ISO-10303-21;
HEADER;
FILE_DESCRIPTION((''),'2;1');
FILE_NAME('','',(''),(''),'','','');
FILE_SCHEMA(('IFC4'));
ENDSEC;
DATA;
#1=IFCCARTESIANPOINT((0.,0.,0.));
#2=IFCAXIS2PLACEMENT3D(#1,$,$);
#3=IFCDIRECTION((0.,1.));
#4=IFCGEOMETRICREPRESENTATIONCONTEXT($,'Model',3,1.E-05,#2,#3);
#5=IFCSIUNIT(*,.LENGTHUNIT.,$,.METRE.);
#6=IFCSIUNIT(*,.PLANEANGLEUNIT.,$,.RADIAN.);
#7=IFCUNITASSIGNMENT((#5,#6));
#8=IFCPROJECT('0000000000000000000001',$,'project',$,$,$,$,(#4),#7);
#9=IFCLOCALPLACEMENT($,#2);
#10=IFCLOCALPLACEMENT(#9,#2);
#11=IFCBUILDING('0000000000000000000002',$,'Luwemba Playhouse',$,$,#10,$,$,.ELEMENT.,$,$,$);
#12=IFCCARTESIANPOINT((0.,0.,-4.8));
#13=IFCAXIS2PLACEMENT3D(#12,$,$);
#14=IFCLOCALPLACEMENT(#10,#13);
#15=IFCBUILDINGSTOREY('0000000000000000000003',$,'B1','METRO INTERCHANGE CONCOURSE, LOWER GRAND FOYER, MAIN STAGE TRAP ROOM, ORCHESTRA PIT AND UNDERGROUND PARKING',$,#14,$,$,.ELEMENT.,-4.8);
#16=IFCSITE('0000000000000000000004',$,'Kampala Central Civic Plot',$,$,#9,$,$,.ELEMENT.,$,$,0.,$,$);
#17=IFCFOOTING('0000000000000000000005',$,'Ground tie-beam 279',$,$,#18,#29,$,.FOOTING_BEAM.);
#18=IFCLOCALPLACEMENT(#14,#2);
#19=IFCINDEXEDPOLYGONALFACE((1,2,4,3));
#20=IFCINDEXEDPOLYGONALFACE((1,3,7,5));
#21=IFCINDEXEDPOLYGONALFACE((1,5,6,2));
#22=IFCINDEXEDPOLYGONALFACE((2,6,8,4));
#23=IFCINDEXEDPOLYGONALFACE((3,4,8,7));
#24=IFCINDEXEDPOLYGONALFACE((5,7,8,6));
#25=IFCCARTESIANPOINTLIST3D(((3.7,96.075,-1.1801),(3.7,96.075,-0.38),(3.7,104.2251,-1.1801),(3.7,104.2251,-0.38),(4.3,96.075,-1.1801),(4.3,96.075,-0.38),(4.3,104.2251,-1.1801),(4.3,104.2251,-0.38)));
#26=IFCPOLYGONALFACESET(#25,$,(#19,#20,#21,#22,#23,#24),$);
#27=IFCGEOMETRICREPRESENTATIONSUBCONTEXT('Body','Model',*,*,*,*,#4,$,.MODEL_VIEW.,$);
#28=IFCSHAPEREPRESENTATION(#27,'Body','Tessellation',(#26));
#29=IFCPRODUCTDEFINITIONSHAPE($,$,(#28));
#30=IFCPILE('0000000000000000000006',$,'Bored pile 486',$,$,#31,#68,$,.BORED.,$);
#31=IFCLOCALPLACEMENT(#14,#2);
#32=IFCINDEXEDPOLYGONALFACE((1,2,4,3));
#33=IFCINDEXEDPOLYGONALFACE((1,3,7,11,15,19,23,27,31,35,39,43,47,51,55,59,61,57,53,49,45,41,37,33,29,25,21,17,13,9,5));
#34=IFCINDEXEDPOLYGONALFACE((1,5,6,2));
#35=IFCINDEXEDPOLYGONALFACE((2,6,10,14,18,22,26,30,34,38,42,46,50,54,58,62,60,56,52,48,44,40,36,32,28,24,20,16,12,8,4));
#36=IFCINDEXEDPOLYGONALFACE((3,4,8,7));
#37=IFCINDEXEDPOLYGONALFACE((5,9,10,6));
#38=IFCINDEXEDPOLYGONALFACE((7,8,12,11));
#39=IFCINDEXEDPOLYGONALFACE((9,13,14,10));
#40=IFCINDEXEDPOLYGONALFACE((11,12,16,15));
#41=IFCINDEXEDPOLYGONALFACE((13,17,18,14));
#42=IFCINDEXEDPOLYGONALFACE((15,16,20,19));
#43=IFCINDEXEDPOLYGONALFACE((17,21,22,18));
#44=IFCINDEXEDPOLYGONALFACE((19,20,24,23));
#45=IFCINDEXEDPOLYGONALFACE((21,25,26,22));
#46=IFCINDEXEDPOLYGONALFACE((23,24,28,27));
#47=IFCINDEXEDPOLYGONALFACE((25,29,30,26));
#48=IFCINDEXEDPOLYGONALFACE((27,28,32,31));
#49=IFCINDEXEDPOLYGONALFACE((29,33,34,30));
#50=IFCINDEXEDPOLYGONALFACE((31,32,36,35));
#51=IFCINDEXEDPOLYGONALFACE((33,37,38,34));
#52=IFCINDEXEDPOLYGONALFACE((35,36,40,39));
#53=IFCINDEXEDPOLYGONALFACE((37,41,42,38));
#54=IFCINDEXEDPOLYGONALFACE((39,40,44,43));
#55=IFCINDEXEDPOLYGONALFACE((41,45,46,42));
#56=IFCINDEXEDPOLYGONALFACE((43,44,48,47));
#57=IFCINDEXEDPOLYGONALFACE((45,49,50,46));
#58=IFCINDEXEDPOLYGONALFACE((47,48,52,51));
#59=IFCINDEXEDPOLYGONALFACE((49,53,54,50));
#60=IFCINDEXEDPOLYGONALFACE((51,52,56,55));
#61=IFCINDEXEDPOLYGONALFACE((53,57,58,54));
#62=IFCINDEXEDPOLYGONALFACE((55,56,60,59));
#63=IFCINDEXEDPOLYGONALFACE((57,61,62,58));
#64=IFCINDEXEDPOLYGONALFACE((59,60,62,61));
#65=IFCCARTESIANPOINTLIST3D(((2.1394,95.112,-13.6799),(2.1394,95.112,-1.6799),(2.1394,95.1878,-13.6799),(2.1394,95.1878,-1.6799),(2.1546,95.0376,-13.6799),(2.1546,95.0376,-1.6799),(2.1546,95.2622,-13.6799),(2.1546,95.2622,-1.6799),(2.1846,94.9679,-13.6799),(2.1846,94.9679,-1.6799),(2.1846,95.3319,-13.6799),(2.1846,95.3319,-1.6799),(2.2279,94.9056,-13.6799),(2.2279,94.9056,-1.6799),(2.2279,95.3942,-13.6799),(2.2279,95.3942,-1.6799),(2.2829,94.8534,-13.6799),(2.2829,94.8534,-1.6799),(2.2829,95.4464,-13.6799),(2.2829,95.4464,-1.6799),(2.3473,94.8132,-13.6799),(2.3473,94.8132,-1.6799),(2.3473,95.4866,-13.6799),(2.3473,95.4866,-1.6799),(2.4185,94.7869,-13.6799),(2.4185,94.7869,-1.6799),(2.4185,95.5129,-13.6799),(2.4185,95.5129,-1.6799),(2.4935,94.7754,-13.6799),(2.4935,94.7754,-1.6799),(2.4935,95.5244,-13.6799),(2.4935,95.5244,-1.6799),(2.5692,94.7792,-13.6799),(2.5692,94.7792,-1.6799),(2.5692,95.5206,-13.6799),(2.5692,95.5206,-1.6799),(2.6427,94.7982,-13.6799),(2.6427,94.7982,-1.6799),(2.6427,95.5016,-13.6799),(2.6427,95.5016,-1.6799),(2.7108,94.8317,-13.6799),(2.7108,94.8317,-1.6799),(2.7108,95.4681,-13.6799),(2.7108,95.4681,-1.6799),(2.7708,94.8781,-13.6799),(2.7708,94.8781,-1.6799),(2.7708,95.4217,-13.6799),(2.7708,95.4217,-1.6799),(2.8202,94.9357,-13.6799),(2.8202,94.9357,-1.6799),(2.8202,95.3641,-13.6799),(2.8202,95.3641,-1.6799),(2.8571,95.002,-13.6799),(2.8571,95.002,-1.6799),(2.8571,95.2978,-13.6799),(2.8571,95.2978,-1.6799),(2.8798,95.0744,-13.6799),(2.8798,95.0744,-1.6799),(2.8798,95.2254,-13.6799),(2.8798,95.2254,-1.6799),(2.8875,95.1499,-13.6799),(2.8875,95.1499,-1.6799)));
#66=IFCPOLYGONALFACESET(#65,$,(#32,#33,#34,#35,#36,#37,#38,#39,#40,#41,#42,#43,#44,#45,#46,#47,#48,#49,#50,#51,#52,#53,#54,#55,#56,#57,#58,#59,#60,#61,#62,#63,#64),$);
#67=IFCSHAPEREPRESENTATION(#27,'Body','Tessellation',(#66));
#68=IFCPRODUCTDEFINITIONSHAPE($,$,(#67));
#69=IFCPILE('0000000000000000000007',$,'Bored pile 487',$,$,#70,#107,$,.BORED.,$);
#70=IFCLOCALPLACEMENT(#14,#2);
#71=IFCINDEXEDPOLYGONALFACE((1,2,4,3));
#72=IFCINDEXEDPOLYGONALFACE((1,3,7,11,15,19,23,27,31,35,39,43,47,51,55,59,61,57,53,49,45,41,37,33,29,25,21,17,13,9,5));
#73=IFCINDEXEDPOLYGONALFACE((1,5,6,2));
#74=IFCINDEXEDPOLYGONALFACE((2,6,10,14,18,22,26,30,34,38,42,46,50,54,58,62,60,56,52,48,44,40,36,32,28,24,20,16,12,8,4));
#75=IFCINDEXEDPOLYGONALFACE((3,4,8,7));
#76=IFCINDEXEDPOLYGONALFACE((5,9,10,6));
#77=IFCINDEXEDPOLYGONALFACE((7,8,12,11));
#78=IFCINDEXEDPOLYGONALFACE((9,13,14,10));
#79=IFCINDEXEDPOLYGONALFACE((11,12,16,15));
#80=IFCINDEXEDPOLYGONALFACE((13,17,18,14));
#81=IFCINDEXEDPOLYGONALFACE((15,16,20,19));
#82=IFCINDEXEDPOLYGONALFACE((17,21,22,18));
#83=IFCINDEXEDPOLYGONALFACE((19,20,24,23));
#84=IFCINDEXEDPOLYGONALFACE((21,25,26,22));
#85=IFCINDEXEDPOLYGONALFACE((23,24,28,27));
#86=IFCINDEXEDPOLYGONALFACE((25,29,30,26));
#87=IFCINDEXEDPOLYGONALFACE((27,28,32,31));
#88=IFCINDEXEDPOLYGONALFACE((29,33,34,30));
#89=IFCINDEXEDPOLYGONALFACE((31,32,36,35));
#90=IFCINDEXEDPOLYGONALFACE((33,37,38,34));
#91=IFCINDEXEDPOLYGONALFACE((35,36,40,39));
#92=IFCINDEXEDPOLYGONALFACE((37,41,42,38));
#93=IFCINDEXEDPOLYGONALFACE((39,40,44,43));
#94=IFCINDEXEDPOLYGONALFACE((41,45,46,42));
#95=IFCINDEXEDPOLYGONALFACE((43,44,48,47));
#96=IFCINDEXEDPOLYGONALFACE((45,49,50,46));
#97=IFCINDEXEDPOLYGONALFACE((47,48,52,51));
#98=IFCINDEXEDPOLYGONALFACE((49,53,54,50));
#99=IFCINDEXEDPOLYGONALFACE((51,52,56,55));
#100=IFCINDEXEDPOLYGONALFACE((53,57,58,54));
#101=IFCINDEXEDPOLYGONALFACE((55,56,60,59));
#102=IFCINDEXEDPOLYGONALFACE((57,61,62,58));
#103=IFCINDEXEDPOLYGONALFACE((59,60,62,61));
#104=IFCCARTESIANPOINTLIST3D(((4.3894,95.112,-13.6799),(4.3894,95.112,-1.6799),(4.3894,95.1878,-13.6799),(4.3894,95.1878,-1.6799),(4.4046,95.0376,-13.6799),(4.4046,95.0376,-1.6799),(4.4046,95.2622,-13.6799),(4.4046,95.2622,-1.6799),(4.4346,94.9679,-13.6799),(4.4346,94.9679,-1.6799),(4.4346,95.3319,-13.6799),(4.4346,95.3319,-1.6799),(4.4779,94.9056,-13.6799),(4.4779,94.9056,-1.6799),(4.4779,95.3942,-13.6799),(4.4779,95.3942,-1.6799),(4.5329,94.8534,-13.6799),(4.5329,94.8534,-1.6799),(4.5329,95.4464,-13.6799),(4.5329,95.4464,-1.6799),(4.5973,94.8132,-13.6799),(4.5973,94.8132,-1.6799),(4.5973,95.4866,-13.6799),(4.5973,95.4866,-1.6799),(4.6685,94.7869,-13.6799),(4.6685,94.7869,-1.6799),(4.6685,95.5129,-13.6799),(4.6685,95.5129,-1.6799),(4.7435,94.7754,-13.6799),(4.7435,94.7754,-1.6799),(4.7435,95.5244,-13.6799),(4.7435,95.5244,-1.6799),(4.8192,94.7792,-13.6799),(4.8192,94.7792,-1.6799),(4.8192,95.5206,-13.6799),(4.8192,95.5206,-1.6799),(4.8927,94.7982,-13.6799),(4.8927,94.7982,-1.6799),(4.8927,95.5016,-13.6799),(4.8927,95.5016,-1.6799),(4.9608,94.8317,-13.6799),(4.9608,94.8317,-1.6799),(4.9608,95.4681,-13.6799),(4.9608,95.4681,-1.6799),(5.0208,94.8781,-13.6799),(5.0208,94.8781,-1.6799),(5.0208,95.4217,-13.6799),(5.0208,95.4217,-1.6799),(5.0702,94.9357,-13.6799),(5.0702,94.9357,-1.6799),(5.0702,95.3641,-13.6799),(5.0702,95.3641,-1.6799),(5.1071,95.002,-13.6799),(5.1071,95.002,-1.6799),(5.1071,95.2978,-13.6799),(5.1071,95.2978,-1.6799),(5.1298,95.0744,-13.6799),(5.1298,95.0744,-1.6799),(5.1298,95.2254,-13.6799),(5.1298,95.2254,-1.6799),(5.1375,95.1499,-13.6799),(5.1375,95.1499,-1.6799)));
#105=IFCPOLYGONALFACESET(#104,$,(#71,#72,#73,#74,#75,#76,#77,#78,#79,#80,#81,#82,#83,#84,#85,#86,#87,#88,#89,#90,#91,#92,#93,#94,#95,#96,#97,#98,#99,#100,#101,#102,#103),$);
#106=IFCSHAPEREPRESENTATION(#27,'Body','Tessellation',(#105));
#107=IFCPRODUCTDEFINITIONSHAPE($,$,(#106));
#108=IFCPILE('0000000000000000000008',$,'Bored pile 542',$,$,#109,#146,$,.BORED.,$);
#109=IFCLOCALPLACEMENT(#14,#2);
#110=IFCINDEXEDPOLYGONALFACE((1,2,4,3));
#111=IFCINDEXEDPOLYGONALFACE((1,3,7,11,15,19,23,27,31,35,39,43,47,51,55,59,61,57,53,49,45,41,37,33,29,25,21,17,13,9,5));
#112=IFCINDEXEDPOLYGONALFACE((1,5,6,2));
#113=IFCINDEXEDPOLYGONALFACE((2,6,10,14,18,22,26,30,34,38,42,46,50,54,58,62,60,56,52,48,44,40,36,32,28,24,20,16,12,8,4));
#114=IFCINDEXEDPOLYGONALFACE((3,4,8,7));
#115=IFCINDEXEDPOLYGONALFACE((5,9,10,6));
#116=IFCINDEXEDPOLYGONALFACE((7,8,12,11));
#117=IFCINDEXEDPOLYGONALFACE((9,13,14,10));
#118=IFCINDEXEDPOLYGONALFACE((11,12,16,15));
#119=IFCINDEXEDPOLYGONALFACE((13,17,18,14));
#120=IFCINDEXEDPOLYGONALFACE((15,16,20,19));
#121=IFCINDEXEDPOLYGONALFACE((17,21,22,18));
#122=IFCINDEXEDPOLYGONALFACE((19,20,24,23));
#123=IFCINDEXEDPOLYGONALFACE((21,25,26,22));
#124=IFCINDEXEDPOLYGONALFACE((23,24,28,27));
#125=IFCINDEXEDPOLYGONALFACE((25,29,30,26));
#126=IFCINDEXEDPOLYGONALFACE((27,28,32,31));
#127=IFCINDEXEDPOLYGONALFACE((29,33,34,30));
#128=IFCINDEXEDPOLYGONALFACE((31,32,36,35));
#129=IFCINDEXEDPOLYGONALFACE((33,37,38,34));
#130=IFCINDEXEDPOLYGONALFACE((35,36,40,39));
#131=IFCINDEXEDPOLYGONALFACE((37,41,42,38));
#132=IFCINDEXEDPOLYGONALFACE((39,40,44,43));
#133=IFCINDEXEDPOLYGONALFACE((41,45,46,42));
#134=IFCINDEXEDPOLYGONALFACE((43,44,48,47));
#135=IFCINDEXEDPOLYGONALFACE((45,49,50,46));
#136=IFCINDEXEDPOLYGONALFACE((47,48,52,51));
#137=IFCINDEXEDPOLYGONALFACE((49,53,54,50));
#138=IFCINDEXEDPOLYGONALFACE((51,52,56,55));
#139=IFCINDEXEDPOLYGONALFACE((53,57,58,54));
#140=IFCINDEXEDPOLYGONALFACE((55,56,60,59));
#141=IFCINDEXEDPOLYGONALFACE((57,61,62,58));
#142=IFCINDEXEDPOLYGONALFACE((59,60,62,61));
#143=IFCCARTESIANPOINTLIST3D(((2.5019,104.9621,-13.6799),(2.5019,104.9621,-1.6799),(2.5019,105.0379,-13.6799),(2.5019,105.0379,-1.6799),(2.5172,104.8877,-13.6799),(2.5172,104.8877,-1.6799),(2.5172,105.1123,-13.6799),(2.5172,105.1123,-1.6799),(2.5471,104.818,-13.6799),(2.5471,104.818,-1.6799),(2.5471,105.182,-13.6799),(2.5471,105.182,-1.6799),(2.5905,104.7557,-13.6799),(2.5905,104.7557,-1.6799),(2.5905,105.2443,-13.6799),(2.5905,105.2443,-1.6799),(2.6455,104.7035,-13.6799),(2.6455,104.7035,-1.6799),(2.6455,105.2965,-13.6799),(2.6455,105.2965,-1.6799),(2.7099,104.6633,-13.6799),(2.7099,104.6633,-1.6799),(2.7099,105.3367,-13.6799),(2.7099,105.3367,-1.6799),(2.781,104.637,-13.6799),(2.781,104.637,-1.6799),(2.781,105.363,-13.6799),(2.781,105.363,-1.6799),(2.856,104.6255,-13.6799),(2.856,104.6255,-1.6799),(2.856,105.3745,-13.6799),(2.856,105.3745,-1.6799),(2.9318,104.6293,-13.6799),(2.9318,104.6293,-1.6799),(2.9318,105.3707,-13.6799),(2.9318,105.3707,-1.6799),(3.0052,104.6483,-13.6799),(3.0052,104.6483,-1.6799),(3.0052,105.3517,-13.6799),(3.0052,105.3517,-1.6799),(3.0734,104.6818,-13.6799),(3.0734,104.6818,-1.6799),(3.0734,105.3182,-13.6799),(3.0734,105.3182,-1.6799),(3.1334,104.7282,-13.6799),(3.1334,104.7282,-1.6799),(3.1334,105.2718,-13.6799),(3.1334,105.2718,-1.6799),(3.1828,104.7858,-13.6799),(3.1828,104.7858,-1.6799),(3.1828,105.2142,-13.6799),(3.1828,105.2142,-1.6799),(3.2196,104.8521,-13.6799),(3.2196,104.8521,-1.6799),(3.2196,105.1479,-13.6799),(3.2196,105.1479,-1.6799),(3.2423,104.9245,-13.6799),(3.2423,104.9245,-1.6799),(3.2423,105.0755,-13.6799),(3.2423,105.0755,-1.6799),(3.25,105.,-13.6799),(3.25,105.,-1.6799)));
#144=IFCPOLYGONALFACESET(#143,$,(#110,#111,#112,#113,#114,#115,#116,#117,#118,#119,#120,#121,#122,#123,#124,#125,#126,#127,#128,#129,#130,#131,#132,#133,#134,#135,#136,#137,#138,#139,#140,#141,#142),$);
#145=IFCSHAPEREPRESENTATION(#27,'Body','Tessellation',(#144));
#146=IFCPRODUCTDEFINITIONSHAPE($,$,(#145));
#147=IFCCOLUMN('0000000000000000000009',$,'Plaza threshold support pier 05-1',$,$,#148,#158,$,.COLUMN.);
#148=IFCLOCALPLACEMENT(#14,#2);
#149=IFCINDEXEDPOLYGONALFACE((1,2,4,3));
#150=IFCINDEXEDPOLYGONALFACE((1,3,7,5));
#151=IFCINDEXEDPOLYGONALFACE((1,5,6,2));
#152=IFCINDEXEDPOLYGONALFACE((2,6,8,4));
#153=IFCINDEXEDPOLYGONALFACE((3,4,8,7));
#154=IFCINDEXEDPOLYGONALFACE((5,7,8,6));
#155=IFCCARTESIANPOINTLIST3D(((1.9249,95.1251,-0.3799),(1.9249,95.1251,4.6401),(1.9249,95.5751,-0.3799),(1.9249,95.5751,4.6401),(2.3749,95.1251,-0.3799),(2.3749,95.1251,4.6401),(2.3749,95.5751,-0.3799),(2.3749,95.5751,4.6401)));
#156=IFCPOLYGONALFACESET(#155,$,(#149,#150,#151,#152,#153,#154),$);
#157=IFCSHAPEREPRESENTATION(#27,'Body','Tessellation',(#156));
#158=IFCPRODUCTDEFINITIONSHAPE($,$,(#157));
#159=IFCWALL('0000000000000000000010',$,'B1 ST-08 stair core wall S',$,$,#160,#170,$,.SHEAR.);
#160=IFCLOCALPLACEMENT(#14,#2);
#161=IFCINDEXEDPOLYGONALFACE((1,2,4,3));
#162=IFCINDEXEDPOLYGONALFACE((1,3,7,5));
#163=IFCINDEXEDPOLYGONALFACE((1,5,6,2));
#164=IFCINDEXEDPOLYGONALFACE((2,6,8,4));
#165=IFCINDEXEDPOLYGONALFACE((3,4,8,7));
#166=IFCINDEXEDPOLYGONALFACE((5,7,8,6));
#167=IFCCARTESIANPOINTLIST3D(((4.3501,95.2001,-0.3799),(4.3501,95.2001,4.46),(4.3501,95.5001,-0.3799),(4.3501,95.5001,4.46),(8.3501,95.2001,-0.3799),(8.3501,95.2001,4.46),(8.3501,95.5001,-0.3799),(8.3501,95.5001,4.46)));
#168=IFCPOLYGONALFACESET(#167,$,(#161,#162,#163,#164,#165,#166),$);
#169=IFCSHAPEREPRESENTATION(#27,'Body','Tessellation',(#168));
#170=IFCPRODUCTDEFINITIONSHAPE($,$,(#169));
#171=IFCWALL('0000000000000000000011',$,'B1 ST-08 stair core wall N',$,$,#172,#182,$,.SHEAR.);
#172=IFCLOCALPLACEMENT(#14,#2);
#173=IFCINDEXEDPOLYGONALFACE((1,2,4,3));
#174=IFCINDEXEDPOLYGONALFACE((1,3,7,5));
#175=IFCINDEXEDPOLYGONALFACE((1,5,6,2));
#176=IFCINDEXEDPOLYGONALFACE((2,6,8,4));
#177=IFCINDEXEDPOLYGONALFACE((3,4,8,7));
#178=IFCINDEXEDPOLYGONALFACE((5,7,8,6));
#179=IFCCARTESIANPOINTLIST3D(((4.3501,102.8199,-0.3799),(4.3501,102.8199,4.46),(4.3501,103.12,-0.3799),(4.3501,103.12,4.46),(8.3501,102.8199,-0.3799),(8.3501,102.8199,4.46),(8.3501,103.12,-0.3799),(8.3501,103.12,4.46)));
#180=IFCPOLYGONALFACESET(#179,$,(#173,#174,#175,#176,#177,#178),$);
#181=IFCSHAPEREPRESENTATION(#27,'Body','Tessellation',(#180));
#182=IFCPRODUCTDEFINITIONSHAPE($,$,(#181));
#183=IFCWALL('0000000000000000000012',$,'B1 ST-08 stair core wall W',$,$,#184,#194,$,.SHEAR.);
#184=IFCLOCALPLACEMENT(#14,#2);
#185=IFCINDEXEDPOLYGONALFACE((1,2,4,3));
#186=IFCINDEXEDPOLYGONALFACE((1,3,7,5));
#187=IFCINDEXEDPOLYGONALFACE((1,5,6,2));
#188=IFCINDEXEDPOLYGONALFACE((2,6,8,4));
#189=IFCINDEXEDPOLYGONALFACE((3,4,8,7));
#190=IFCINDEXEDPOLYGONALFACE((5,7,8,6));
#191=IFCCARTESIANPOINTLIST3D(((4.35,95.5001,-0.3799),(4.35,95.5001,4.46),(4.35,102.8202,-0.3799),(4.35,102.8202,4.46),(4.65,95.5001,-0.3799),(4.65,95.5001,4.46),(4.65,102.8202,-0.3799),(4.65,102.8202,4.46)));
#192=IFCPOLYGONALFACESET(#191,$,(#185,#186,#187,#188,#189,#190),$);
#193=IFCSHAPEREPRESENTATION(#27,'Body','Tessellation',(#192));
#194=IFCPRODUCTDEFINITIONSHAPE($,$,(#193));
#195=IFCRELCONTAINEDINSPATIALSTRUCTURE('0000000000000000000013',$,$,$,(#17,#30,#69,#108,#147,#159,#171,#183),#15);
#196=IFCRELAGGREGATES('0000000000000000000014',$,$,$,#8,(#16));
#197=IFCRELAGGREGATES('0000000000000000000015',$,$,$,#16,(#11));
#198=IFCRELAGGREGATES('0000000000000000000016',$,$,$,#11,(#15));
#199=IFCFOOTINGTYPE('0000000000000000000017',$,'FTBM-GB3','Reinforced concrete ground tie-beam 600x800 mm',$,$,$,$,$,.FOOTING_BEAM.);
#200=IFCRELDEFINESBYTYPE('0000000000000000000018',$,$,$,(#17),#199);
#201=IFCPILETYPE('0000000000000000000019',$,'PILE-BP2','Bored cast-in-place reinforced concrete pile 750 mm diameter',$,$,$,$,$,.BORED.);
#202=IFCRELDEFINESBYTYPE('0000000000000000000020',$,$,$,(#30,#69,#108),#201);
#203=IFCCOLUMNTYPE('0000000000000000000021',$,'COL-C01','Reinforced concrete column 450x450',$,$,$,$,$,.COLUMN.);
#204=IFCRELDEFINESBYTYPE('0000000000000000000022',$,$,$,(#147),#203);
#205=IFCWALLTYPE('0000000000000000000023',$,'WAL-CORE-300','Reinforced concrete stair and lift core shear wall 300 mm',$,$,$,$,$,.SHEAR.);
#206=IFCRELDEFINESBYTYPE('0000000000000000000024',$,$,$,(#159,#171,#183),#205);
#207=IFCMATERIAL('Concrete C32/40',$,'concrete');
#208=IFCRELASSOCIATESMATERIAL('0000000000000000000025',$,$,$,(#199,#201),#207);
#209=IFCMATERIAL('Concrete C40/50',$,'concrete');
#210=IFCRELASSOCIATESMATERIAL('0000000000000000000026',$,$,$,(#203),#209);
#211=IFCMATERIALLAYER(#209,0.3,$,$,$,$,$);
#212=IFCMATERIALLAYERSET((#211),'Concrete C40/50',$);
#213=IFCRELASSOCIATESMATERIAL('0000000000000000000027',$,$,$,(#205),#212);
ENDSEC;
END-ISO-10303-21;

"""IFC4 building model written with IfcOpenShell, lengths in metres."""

from ifc_helpers import new_model, si_unit, direction, frame, frame_2d, origin, origin_2d, place, context, subcontext, project, spatial, rectangle, circle, extrude, material, layer, layer_set, material_profile, profile_set, type_object, element, save


model = new_model("IFC4")

# Units and contexts
model_context = context("Model", 3, precision=1e-05, world=origin(), true_north=direction((0.0, 1.0)))
body_context = subcontext(model_context, "Body", "Model", "MODEL_VIEW")
ifc_project = project(units=[si_unit("LENGTHUNIT", "METRE"), si_unit("PLANEANGLEUNIT", "RADIAN")], contexts=[model_context])

# Site, building, storey
site_placement = place(None, origin())
site = spatial("IfcSite", under=ifc_project, at=site_placement, Name="Kampala Central Civic Plot", CompositionType="ELEMENT", RefElevation=0.0)
building_placement = place(site_placement, origin())
building = spatial("IfcBuilding", under=site, at=building_placement, Name="Luwemba Playhouse", CompositionType="ELEMENT")
storey_placement = place(building_placement, frame((0.0, 0.0, -4.8)))
storey = spatial("IfcBuildingStorey", under=building, at=storey_placement, Name="B1", Description="METRO INTERCHANGE CONCOURSE, LOWER GRAND FOYER, MAIN STAGE TRAP ROOM, ORCHESTRA PIT AND UNDERGROUND PARKING", CompositionType="ELEMENT", Elevation=-4.8)

# Footing
ifc_material_1 = material(Name="Concrete C32/40", Category="concrete")
ifc_material_profile_1 = material_profile(ifc_material_1, rectangle(XDim=0.6001, YDim=0.8, at=origin_2d()))
ifc_profile_set_1 = profile_set([ifc_material_profile_1], Name="Concrete C32/40")
footing_type = type_object("IfcFootingType", Name="FTBM-GB3", Description="Reinforced concrete ground tie-beam 600x800 mm", PredefinedType="FOOTING_BEAM", material=ifc_profile_set_1)
footing_placement = place(storey_placement, frame((4.0, 96.075, -0.78), z_axis=(0.0, 1.0, 0.0), x_axis=(-1.0, 0.0, 0.0)))
element("IfcFooting", 1, at=footing_placement, inside=storey, type_object=footing_type, Name="Ground tie-beam 279", PredefinedType="FOOTING_BEAM", context=body_context, shape_type="SweptSolid", body=[
    extrude(rectangle(XDim=0.6001, YDim=0.8, at=origin_2d()), origin(), (0.0, 0.0, 1.0), 8.1501),
])

# Piles
ifc_material_profile_2 = material_profile(ifc_material_1, circle(Radius=0.375, at=origin_2d()))
ifc_profile_set_2 = profile_set([ifc_material_profile_2], Name="Concrete C32/40")
pile_type = type_object("IfcPileType", Name="PILE-BP2", Description="Bored cast-in-place reinforced concrete pile 750 mm diameter", PredefinedType="BORED", material=ifc_profile_set_2)
for number, where, z_axis, x_axis, name in (
    (2, (2.5125, 95.1499, -1.6799), (0.0, 0.0, -1.0), (1.0, 0.0, 0.0), "Bored pile 486"),
    (3, (4.7625, 95.1499, -1.6799), (0.0, 0.0, -1.0), (1.0, 0.0, 0.0), "Bored pile 487"),
    (4, (2.875, 105.0, -1.6799), (0.0, 0.0, -1.0), (1.0, 0.0, 0.0), "Bored pile 542"),
):
    element("IfcPile", number, at=place(storey_placement, frame(where, z_axis=z_axis, x_axis=x_axis)), inside=storey, type_object=pile_type, Name=name, PredefinedType="BORED", context=body_context, shape_type="SweptSolid", body=[
        extrude(circle(Radius=0.375, at=origin_2d()), origin(), (0.0, 0.0, 1.0), 12.0),
    ])

# Column
ifc_material_2 = material(Name="Concrete C40/50", Category="concrete")
ifc_material_profile_3 = material_profile(ifc_material_2, rectangle(XDim=0.45, YDim=0.45, at=origin_2d()))
ifc_profile_set_3 = profile_set([ifc_material_profile_3], Name="Concrete C40/50")
column_type = type_object("IfcColumnType", Name="COL-C01", Description="Reinforced concrete column 450x450", PredefinedType="COLUMN", material=ifc_profile_set_3)
column_placement = place(storey_placement, frame((2.1499, 95.3501, -0.3799), z_axis=(0.0, 0.0, 1.0), x_axis=(1.0, 0.0, 0.0)))
element("IfcColumn", 5, at=column_placement, inside=storey, type_object=column_type, Name="Plaza threshold support pier 05-1", PredefinedType="COLUMN", context=body_context, shape_type="SweptSolid", body=[
    extrude(rectangle(XDim=0.45, YDim=0.45, at=origin_2d()), origin(), (0.0, 0.0, 1.0), 5.02),
])

# Walls
ifc_layer_1 = layer(ifc_material_2, 0.3)
ifc_layer_set_1 = layer_set([ifc_layer_1], Name="Concrete C40/50")
wall_type_1 = type_object("IfcWallType", Name="WAL-CORE-300", Description="Reinforced concrete stair and lift core shear wall 300 mm", PredefinedType="SHEAR", material=ifc_layer_set_1)
for number, where, z_axis, x_axis, name in (
    (6, (4.3501, 95.3501, -0.3799), (0.0, 0.0, 1.0), (1.0, 0.0, 0.0), "B1 ST-08 stair core wall S"),
    (7, (8.3501, 102.97, -0.3799), (0.0, 0.0, 1.0), (-1.0, 0.0, 0.0), "B1 ST-08 stair core wall N"),
):
    element("IfcWall", number, at=place(storey_placement, frame(where, z_axis=z_axis, x_axis=x_axis)), inside=storey, type_object=wall_type_1, Name=name, PredefinedType="SHEAR", context=body_context, shape_type="SweptSolid", body=[
        extrude(rectangle(XDim=4.0, YDim=0.3, at=frame_2d((2.0, 0.0))), origin(), (0.0, 0.0, 1.0), 4.8398),
    ])
wall_1_placement = place(storey_placement, frame((4.5, 95.5, -0.3799), z_axis=(0.0, 0.0, 1.0), x_axis=(0.0, 1.0, 0.0)))
element("IfcWall", 8, at=wall_1_placement, inside=storey, type_object=wall_type_1, Name="B1 ST-08 stair core wall W", PredefinedType="SHEAR", context=body_context, shape_type="SweptSolid", body=[
    extrude(rectangle(XDim=7.3201, YDim=0.3, at=frame_2d((3.6602, 0.0))), origin(), (0.0, 0.0, 1.0), 4.8398),
])

save(model, "model.ifc")
